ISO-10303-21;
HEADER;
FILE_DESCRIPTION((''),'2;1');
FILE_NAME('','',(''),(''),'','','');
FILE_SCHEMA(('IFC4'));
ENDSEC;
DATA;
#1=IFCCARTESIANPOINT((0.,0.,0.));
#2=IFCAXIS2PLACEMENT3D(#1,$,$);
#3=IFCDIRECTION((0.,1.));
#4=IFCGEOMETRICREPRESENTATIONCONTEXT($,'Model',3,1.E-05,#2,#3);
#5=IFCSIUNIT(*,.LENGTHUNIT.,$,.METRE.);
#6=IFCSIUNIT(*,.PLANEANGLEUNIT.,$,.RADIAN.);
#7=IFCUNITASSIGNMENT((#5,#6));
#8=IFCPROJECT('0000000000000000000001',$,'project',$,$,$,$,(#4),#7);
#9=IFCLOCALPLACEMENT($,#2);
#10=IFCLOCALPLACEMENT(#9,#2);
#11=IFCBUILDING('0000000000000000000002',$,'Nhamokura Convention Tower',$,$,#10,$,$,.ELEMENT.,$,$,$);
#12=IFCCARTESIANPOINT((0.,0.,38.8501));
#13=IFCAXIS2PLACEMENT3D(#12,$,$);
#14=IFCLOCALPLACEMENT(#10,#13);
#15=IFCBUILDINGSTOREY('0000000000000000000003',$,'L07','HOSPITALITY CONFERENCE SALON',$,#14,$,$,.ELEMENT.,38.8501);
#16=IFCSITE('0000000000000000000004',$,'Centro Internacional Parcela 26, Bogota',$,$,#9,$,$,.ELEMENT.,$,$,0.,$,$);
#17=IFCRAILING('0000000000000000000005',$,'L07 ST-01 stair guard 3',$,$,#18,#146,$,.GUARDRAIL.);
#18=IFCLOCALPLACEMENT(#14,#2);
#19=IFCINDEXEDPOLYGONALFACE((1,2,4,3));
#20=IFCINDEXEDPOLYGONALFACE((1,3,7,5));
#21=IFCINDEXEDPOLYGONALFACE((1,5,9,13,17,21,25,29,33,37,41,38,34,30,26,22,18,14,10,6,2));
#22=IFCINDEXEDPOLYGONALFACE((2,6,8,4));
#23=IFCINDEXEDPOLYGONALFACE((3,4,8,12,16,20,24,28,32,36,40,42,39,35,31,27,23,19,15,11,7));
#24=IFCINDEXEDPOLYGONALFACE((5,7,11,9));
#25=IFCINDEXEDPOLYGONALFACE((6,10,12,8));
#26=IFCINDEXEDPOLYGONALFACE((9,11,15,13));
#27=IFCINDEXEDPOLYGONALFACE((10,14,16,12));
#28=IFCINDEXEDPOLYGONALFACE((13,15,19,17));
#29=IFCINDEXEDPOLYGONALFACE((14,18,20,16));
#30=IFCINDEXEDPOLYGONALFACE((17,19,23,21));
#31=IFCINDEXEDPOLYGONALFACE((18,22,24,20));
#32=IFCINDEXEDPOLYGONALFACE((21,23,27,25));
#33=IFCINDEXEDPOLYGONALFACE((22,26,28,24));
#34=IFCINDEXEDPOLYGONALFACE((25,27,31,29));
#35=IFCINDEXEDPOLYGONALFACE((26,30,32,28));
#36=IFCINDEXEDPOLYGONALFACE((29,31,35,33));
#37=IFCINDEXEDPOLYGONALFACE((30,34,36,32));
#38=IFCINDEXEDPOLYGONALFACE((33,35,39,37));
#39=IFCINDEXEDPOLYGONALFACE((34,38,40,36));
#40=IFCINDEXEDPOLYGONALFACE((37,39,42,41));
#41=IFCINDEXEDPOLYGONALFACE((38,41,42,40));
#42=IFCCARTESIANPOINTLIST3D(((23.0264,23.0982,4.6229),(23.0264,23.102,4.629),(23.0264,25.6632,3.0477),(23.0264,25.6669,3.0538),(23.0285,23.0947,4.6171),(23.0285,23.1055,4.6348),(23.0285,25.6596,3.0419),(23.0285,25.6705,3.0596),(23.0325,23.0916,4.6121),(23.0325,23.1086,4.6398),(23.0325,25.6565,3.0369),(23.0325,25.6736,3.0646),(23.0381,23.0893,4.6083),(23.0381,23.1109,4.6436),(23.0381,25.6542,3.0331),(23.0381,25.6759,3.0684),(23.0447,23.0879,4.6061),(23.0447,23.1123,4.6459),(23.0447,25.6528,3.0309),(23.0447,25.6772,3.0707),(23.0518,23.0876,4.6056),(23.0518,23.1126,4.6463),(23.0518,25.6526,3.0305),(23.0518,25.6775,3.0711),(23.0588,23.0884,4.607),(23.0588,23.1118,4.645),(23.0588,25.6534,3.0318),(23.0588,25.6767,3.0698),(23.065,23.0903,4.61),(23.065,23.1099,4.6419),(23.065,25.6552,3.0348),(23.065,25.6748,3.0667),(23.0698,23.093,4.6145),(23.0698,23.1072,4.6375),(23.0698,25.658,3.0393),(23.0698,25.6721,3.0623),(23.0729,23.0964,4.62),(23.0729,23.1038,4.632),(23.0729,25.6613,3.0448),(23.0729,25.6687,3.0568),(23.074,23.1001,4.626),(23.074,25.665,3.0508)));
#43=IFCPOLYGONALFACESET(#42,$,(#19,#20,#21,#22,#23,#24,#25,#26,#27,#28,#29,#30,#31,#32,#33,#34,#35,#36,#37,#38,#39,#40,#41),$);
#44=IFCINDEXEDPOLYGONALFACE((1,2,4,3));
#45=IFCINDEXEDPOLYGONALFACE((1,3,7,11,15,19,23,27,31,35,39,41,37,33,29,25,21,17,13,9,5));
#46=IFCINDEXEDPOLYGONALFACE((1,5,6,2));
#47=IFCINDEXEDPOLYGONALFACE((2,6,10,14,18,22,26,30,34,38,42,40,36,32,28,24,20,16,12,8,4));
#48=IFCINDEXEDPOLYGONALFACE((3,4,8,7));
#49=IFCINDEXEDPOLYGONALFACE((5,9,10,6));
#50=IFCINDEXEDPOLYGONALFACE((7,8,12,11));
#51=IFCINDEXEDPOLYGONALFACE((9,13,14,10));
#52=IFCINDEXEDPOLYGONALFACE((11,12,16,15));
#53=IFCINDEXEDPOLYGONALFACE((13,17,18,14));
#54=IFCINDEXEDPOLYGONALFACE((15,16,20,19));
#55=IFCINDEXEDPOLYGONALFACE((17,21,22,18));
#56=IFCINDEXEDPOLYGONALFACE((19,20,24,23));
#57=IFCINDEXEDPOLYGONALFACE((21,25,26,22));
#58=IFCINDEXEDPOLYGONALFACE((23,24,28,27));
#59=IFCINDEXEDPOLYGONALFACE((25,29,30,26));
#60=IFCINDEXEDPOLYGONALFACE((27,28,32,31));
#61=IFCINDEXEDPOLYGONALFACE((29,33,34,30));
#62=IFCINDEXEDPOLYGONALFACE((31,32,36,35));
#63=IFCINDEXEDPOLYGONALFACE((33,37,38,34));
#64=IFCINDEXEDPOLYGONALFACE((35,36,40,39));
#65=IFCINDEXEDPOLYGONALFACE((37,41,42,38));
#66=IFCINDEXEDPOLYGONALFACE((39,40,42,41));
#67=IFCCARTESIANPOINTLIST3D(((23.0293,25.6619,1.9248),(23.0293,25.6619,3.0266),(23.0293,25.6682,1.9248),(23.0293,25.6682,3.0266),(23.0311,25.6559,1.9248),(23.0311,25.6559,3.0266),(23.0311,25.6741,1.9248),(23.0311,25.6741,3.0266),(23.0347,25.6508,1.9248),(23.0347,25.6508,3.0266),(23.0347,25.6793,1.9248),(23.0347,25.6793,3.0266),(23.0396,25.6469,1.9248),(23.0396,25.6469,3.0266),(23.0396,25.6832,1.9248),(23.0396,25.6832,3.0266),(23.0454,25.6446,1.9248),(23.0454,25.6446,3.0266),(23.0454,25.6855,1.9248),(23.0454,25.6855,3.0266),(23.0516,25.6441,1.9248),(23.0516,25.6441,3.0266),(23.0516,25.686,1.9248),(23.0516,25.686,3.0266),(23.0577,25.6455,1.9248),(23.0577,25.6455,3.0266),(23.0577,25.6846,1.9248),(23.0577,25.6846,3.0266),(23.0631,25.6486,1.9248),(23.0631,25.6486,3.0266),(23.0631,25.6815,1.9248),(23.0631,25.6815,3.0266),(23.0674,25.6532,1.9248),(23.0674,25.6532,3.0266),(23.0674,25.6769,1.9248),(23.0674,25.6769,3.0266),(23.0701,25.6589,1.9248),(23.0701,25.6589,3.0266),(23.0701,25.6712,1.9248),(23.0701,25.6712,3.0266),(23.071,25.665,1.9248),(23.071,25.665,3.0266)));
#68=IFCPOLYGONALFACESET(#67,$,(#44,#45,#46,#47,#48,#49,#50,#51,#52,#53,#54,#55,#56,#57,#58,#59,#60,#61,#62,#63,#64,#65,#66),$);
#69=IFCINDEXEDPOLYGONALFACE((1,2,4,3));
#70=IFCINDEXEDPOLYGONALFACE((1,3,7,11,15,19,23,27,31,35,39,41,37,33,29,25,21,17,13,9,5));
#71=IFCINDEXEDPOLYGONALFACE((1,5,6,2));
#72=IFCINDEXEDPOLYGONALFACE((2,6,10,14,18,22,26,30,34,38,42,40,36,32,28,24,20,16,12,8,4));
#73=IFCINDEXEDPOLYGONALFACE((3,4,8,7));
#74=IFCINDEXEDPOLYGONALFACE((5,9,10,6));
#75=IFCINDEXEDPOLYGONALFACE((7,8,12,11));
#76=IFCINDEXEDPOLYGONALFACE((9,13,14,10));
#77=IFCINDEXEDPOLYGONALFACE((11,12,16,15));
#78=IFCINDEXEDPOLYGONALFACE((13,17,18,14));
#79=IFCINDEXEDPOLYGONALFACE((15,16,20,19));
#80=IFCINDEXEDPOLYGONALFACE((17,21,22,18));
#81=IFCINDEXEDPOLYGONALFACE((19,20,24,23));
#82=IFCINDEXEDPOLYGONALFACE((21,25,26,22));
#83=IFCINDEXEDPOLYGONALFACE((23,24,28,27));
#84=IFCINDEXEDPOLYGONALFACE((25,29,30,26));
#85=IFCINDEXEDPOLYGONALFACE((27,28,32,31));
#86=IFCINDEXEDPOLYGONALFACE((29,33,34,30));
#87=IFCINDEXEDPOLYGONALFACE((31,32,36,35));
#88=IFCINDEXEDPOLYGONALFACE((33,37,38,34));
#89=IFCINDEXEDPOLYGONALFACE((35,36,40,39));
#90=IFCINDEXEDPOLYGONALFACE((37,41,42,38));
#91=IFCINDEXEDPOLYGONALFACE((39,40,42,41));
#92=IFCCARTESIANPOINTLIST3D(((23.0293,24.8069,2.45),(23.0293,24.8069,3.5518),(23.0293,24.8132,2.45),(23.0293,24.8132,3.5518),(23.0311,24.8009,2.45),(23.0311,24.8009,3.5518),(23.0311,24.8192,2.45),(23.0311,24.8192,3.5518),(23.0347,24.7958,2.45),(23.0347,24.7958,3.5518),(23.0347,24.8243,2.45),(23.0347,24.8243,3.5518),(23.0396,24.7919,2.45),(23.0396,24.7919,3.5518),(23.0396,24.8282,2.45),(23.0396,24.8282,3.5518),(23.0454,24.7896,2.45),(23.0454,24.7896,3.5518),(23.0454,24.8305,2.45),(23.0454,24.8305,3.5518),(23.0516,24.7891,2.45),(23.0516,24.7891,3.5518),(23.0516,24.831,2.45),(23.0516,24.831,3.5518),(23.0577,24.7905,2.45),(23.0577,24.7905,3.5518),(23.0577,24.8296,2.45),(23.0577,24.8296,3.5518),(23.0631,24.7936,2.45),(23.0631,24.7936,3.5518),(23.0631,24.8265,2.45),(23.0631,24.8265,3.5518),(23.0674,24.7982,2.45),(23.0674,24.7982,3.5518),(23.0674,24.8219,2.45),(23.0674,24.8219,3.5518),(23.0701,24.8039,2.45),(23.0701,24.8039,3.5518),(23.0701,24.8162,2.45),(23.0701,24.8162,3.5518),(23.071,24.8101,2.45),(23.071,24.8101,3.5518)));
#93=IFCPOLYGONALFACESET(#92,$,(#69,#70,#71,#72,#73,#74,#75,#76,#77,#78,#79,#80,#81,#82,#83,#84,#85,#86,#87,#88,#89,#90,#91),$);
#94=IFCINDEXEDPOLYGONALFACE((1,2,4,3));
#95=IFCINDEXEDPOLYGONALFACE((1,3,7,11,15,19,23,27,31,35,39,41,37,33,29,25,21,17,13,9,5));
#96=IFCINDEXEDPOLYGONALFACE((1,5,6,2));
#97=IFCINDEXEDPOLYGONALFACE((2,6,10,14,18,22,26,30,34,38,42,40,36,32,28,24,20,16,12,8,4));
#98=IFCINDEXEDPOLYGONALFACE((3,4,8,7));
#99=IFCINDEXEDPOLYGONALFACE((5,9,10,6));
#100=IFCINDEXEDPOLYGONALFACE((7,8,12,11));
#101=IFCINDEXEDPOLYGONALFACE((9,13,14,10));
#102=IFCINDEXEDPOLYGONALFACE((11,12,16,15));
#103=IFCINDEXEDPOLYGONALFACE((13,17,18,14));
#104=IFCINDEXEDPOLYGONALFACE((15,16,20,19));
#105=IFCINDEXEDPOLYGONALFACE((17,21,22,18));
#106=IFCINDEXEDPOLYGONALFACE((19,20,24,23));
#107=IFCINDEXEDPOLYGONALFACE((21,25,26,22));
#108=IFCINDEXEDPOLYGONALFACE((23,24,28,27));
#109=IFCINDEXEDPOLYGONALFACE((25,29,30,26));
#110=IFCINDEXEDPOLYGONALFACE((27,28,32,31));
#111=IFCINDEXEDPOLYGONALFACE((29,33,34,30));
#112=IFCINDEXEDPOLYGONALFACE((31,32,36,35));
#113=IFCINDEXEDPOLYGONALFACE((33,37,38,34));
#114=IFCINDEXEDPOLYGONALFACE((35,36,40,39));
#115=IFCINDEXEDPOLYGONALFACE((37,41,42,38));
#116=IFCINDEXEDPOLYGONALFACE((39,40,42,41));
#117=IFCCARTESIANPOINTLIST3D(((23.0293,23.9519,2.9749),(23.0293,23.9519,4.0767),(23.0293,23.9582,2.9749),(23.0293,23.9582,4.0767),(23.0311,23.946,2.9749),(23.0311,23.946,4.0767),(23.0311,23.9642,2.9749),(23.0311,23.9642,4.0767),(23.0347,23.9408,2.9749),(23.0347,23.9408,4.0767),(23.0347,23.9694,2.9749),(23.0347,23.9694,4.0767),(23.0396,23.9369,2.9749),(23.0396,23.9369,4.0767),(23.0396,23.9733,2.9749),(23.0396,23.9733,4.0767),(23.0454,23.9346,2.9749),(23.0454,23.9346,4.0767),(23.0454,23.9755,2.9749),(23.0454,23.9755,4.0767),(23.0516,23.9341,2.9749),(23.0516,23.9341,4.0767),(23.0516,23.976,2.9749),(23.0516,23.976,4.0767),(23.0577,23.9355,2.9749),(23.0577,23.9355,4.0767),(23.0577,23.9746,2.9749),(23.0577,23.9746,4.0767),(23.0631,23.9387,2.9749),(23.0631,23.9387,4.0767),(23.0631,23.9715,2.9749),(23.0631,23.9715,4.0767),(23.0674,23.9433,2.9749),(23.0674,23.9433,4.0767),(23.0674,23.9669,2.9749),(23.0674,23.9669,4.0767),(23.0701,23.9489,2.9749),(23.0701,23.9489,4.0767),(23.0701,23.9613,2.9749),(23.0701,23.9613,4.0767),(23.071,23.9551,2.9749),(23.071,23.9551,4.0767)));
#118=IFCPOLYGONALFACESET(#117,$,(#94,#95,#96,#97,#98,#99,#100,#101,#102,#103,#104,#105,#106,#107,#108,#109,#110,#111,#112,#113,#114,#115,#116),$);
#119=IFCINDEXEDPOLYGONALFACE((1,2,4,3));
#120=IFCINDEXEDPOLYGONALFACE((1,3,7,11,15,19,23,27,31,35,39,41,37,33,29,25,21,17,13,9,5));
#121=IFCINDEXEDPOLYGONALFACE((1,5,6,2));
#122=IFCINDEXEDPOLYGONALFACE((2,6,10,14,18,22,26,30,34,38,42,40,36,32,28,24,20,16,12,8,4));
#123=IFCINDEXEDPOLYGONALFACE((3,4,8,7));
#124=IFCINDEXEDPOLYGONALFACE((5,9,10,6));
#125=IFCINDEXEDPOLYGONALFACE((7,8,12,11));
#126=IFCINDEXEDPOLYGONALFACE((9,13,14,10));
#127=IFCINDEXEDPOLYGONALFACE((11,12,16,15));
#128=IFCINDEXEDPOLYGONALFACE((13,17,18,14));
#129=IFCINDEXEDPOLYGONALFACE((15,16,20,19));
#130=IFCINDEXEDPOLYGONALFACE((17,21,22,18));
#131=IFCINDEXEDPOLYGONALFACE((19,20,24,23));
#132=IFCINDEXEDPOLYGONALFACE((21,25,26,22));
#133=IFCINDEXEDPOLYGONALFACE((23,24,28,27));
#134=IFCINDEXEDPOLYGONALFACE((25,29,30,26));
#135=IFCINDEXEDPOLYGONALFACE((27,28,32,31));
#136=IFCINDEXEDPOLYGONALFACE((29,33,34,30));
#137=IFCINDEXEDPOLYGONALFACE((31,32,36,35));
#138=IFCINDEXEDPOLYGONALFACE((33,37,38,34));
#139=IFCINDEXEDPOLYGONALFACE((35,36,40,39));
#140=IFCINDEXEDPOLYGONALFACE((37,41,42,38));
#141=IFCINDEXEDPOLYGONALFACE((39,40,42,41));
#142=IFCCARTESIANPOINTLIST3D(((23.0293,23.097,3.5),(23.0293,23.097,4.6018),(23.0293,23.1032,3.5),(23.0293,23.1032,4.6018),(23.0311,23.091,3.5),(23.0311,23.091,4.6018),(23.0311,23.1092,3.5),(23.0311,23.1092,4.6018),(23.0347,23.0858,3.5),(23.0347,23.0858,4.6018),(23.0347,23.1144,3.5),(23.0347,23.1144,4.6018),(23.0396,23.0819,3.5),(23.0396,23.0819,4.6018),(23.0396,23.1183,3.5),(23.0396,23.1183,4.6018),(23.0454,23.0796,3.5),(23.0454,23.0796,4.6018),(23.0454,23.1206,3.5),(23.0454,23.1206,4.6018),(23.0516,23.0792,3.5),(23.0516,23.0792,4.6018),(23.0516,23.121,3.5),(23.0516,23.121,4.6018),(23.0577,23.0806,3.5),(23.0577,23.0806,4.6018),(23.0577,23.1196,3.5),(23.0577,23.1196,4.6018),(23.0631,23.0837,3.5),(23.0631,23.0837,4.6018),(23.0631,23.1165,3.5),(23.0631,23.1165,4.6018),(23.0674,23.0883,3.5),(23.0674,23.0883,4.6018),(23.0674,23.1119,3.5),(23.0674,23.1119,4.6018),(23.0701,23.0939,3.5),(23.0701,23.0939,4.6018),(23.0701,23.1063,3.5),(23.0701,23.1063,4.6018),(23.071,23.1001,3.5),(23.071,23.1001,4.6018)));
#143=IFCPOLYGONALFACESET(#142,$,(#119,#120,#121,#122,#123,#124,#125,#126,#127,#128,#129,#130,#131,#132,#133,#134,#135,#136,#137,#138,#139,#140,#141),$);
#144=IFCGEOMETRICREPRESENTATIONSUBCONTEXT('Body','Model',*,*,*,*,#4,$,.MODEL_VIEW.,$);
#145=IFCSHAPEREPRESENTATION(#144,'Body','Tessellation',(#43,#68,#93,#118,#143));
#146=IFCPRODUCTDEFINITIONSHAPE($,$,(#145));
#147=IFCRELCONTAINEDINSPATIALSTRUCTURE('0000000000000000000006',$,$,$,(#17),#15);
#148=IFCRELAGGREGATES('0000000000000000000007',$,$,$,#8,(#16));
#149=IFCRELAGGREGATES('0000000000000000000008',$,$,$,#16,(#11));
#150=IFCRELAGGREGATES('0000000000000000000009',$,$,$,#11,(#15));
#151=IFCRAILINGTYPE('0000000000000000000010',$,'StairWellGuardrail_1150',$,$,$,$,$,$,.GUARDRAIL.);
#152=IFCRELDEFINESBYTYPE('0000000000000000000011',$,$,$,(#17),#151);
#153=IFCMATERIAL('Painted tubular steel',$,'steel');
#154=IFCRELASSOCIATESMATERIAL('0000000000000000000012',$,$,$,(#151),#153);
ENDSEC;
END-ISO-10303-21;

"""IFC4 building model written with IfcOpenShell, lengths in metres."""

from ifc_helpers import new_model, si_unit, direction, frame, origin, origin_2d, place, context, subcontext, project, spatial, circle, extrude, material, type_object, element, save


model = new_model("IFC4")

# Units and contexts
model_context = context("Model", 3, precision=1e-05, world=origin(), true_north=direction((0.0, 1.0)))
body_context = subcontext(model_context, "Body", "Model", "MODEL_VIEW")
ifc_project = project(units=[si_unit("LENGTHUNIT", "METRE"), si_unit("PLANEANGLEUNIT", "RADIAN")], contexts=[model_context])

# Site, building, storey
site_placement = place(None, origin())
site = spatial("IfcSite", under=ifc_project, at=site_placement, Name="Centro Internacional Parcela 26, Bogota", CompositionType="ELEMENT", RefElevation=0.0)
building_placement = place(site_placement, origin())
building = spatial("IfcBuilding", under=site, at=building_placement, Name="Nhamokura Convention Tower", CompositionType="ELEMENT")
storey_placement = place(building_placement, frame((0.0, 0.0, 38.8501)))
storey = spatial("IfcBuildingStorey", under=building, at=storey_placement, Name="L07", Description="HOSPITALITY CONFERENCE SALON", CompositionType="ELEMENT", Elevation=38.8501)

# Railing
ifc_material_1 = material(Name="Painted tubular steel", Category="steel")
railing_type = type_object("IfcRailingType", Name="StairWellGuardrail_1150", PredefinedType="GUARDRAIL", material=ifc_material_1)
railing_1_placement = place(storey_placement, frame((23.05, 25.665, 1.9248)))
element("IfcRailing", 1, at=railing_1_placement, inside=storey, type_object=railing_type, Name="L07 ST-01 stair guard 3", PredefinedType="GUARDRAIL", context=body_context, shape_type="SweptSolid", body=[
    extrude(circle(Radius=0.0239, at=origin_2d()), frame((0.0, 0.0, 1.126), z_axis=(0.0, -0.852137, 0.523319), x_axis=(1.0, 0.0, 0.0)), (0.0, 0.0, 1.0), 3.01),
    extrude(circle(Radius=0.021, at=origin_2d()), origin(), (0.0, 0.0, 1.0), 1.1018),
    extrude(circle(Radius=0.021, at=origin_2d()), frame((0.0, -0.855, 0.5251)), (0.0, 0.0, 1.0), 1.1018),
    extrude(circle(Radius=0.021, at=origin_2d()), frame((0.0, -1.71, 1.05)), (0.0, 0.0, 1.0), 1.1018),
    extrude(circle(Radius=0.021, at=origin_2d()), frame((0.0, -2.5649, 1.5752)), (0.0, 0.0, 1.0), 1.1018),
])

save(model, "model.ifc")
